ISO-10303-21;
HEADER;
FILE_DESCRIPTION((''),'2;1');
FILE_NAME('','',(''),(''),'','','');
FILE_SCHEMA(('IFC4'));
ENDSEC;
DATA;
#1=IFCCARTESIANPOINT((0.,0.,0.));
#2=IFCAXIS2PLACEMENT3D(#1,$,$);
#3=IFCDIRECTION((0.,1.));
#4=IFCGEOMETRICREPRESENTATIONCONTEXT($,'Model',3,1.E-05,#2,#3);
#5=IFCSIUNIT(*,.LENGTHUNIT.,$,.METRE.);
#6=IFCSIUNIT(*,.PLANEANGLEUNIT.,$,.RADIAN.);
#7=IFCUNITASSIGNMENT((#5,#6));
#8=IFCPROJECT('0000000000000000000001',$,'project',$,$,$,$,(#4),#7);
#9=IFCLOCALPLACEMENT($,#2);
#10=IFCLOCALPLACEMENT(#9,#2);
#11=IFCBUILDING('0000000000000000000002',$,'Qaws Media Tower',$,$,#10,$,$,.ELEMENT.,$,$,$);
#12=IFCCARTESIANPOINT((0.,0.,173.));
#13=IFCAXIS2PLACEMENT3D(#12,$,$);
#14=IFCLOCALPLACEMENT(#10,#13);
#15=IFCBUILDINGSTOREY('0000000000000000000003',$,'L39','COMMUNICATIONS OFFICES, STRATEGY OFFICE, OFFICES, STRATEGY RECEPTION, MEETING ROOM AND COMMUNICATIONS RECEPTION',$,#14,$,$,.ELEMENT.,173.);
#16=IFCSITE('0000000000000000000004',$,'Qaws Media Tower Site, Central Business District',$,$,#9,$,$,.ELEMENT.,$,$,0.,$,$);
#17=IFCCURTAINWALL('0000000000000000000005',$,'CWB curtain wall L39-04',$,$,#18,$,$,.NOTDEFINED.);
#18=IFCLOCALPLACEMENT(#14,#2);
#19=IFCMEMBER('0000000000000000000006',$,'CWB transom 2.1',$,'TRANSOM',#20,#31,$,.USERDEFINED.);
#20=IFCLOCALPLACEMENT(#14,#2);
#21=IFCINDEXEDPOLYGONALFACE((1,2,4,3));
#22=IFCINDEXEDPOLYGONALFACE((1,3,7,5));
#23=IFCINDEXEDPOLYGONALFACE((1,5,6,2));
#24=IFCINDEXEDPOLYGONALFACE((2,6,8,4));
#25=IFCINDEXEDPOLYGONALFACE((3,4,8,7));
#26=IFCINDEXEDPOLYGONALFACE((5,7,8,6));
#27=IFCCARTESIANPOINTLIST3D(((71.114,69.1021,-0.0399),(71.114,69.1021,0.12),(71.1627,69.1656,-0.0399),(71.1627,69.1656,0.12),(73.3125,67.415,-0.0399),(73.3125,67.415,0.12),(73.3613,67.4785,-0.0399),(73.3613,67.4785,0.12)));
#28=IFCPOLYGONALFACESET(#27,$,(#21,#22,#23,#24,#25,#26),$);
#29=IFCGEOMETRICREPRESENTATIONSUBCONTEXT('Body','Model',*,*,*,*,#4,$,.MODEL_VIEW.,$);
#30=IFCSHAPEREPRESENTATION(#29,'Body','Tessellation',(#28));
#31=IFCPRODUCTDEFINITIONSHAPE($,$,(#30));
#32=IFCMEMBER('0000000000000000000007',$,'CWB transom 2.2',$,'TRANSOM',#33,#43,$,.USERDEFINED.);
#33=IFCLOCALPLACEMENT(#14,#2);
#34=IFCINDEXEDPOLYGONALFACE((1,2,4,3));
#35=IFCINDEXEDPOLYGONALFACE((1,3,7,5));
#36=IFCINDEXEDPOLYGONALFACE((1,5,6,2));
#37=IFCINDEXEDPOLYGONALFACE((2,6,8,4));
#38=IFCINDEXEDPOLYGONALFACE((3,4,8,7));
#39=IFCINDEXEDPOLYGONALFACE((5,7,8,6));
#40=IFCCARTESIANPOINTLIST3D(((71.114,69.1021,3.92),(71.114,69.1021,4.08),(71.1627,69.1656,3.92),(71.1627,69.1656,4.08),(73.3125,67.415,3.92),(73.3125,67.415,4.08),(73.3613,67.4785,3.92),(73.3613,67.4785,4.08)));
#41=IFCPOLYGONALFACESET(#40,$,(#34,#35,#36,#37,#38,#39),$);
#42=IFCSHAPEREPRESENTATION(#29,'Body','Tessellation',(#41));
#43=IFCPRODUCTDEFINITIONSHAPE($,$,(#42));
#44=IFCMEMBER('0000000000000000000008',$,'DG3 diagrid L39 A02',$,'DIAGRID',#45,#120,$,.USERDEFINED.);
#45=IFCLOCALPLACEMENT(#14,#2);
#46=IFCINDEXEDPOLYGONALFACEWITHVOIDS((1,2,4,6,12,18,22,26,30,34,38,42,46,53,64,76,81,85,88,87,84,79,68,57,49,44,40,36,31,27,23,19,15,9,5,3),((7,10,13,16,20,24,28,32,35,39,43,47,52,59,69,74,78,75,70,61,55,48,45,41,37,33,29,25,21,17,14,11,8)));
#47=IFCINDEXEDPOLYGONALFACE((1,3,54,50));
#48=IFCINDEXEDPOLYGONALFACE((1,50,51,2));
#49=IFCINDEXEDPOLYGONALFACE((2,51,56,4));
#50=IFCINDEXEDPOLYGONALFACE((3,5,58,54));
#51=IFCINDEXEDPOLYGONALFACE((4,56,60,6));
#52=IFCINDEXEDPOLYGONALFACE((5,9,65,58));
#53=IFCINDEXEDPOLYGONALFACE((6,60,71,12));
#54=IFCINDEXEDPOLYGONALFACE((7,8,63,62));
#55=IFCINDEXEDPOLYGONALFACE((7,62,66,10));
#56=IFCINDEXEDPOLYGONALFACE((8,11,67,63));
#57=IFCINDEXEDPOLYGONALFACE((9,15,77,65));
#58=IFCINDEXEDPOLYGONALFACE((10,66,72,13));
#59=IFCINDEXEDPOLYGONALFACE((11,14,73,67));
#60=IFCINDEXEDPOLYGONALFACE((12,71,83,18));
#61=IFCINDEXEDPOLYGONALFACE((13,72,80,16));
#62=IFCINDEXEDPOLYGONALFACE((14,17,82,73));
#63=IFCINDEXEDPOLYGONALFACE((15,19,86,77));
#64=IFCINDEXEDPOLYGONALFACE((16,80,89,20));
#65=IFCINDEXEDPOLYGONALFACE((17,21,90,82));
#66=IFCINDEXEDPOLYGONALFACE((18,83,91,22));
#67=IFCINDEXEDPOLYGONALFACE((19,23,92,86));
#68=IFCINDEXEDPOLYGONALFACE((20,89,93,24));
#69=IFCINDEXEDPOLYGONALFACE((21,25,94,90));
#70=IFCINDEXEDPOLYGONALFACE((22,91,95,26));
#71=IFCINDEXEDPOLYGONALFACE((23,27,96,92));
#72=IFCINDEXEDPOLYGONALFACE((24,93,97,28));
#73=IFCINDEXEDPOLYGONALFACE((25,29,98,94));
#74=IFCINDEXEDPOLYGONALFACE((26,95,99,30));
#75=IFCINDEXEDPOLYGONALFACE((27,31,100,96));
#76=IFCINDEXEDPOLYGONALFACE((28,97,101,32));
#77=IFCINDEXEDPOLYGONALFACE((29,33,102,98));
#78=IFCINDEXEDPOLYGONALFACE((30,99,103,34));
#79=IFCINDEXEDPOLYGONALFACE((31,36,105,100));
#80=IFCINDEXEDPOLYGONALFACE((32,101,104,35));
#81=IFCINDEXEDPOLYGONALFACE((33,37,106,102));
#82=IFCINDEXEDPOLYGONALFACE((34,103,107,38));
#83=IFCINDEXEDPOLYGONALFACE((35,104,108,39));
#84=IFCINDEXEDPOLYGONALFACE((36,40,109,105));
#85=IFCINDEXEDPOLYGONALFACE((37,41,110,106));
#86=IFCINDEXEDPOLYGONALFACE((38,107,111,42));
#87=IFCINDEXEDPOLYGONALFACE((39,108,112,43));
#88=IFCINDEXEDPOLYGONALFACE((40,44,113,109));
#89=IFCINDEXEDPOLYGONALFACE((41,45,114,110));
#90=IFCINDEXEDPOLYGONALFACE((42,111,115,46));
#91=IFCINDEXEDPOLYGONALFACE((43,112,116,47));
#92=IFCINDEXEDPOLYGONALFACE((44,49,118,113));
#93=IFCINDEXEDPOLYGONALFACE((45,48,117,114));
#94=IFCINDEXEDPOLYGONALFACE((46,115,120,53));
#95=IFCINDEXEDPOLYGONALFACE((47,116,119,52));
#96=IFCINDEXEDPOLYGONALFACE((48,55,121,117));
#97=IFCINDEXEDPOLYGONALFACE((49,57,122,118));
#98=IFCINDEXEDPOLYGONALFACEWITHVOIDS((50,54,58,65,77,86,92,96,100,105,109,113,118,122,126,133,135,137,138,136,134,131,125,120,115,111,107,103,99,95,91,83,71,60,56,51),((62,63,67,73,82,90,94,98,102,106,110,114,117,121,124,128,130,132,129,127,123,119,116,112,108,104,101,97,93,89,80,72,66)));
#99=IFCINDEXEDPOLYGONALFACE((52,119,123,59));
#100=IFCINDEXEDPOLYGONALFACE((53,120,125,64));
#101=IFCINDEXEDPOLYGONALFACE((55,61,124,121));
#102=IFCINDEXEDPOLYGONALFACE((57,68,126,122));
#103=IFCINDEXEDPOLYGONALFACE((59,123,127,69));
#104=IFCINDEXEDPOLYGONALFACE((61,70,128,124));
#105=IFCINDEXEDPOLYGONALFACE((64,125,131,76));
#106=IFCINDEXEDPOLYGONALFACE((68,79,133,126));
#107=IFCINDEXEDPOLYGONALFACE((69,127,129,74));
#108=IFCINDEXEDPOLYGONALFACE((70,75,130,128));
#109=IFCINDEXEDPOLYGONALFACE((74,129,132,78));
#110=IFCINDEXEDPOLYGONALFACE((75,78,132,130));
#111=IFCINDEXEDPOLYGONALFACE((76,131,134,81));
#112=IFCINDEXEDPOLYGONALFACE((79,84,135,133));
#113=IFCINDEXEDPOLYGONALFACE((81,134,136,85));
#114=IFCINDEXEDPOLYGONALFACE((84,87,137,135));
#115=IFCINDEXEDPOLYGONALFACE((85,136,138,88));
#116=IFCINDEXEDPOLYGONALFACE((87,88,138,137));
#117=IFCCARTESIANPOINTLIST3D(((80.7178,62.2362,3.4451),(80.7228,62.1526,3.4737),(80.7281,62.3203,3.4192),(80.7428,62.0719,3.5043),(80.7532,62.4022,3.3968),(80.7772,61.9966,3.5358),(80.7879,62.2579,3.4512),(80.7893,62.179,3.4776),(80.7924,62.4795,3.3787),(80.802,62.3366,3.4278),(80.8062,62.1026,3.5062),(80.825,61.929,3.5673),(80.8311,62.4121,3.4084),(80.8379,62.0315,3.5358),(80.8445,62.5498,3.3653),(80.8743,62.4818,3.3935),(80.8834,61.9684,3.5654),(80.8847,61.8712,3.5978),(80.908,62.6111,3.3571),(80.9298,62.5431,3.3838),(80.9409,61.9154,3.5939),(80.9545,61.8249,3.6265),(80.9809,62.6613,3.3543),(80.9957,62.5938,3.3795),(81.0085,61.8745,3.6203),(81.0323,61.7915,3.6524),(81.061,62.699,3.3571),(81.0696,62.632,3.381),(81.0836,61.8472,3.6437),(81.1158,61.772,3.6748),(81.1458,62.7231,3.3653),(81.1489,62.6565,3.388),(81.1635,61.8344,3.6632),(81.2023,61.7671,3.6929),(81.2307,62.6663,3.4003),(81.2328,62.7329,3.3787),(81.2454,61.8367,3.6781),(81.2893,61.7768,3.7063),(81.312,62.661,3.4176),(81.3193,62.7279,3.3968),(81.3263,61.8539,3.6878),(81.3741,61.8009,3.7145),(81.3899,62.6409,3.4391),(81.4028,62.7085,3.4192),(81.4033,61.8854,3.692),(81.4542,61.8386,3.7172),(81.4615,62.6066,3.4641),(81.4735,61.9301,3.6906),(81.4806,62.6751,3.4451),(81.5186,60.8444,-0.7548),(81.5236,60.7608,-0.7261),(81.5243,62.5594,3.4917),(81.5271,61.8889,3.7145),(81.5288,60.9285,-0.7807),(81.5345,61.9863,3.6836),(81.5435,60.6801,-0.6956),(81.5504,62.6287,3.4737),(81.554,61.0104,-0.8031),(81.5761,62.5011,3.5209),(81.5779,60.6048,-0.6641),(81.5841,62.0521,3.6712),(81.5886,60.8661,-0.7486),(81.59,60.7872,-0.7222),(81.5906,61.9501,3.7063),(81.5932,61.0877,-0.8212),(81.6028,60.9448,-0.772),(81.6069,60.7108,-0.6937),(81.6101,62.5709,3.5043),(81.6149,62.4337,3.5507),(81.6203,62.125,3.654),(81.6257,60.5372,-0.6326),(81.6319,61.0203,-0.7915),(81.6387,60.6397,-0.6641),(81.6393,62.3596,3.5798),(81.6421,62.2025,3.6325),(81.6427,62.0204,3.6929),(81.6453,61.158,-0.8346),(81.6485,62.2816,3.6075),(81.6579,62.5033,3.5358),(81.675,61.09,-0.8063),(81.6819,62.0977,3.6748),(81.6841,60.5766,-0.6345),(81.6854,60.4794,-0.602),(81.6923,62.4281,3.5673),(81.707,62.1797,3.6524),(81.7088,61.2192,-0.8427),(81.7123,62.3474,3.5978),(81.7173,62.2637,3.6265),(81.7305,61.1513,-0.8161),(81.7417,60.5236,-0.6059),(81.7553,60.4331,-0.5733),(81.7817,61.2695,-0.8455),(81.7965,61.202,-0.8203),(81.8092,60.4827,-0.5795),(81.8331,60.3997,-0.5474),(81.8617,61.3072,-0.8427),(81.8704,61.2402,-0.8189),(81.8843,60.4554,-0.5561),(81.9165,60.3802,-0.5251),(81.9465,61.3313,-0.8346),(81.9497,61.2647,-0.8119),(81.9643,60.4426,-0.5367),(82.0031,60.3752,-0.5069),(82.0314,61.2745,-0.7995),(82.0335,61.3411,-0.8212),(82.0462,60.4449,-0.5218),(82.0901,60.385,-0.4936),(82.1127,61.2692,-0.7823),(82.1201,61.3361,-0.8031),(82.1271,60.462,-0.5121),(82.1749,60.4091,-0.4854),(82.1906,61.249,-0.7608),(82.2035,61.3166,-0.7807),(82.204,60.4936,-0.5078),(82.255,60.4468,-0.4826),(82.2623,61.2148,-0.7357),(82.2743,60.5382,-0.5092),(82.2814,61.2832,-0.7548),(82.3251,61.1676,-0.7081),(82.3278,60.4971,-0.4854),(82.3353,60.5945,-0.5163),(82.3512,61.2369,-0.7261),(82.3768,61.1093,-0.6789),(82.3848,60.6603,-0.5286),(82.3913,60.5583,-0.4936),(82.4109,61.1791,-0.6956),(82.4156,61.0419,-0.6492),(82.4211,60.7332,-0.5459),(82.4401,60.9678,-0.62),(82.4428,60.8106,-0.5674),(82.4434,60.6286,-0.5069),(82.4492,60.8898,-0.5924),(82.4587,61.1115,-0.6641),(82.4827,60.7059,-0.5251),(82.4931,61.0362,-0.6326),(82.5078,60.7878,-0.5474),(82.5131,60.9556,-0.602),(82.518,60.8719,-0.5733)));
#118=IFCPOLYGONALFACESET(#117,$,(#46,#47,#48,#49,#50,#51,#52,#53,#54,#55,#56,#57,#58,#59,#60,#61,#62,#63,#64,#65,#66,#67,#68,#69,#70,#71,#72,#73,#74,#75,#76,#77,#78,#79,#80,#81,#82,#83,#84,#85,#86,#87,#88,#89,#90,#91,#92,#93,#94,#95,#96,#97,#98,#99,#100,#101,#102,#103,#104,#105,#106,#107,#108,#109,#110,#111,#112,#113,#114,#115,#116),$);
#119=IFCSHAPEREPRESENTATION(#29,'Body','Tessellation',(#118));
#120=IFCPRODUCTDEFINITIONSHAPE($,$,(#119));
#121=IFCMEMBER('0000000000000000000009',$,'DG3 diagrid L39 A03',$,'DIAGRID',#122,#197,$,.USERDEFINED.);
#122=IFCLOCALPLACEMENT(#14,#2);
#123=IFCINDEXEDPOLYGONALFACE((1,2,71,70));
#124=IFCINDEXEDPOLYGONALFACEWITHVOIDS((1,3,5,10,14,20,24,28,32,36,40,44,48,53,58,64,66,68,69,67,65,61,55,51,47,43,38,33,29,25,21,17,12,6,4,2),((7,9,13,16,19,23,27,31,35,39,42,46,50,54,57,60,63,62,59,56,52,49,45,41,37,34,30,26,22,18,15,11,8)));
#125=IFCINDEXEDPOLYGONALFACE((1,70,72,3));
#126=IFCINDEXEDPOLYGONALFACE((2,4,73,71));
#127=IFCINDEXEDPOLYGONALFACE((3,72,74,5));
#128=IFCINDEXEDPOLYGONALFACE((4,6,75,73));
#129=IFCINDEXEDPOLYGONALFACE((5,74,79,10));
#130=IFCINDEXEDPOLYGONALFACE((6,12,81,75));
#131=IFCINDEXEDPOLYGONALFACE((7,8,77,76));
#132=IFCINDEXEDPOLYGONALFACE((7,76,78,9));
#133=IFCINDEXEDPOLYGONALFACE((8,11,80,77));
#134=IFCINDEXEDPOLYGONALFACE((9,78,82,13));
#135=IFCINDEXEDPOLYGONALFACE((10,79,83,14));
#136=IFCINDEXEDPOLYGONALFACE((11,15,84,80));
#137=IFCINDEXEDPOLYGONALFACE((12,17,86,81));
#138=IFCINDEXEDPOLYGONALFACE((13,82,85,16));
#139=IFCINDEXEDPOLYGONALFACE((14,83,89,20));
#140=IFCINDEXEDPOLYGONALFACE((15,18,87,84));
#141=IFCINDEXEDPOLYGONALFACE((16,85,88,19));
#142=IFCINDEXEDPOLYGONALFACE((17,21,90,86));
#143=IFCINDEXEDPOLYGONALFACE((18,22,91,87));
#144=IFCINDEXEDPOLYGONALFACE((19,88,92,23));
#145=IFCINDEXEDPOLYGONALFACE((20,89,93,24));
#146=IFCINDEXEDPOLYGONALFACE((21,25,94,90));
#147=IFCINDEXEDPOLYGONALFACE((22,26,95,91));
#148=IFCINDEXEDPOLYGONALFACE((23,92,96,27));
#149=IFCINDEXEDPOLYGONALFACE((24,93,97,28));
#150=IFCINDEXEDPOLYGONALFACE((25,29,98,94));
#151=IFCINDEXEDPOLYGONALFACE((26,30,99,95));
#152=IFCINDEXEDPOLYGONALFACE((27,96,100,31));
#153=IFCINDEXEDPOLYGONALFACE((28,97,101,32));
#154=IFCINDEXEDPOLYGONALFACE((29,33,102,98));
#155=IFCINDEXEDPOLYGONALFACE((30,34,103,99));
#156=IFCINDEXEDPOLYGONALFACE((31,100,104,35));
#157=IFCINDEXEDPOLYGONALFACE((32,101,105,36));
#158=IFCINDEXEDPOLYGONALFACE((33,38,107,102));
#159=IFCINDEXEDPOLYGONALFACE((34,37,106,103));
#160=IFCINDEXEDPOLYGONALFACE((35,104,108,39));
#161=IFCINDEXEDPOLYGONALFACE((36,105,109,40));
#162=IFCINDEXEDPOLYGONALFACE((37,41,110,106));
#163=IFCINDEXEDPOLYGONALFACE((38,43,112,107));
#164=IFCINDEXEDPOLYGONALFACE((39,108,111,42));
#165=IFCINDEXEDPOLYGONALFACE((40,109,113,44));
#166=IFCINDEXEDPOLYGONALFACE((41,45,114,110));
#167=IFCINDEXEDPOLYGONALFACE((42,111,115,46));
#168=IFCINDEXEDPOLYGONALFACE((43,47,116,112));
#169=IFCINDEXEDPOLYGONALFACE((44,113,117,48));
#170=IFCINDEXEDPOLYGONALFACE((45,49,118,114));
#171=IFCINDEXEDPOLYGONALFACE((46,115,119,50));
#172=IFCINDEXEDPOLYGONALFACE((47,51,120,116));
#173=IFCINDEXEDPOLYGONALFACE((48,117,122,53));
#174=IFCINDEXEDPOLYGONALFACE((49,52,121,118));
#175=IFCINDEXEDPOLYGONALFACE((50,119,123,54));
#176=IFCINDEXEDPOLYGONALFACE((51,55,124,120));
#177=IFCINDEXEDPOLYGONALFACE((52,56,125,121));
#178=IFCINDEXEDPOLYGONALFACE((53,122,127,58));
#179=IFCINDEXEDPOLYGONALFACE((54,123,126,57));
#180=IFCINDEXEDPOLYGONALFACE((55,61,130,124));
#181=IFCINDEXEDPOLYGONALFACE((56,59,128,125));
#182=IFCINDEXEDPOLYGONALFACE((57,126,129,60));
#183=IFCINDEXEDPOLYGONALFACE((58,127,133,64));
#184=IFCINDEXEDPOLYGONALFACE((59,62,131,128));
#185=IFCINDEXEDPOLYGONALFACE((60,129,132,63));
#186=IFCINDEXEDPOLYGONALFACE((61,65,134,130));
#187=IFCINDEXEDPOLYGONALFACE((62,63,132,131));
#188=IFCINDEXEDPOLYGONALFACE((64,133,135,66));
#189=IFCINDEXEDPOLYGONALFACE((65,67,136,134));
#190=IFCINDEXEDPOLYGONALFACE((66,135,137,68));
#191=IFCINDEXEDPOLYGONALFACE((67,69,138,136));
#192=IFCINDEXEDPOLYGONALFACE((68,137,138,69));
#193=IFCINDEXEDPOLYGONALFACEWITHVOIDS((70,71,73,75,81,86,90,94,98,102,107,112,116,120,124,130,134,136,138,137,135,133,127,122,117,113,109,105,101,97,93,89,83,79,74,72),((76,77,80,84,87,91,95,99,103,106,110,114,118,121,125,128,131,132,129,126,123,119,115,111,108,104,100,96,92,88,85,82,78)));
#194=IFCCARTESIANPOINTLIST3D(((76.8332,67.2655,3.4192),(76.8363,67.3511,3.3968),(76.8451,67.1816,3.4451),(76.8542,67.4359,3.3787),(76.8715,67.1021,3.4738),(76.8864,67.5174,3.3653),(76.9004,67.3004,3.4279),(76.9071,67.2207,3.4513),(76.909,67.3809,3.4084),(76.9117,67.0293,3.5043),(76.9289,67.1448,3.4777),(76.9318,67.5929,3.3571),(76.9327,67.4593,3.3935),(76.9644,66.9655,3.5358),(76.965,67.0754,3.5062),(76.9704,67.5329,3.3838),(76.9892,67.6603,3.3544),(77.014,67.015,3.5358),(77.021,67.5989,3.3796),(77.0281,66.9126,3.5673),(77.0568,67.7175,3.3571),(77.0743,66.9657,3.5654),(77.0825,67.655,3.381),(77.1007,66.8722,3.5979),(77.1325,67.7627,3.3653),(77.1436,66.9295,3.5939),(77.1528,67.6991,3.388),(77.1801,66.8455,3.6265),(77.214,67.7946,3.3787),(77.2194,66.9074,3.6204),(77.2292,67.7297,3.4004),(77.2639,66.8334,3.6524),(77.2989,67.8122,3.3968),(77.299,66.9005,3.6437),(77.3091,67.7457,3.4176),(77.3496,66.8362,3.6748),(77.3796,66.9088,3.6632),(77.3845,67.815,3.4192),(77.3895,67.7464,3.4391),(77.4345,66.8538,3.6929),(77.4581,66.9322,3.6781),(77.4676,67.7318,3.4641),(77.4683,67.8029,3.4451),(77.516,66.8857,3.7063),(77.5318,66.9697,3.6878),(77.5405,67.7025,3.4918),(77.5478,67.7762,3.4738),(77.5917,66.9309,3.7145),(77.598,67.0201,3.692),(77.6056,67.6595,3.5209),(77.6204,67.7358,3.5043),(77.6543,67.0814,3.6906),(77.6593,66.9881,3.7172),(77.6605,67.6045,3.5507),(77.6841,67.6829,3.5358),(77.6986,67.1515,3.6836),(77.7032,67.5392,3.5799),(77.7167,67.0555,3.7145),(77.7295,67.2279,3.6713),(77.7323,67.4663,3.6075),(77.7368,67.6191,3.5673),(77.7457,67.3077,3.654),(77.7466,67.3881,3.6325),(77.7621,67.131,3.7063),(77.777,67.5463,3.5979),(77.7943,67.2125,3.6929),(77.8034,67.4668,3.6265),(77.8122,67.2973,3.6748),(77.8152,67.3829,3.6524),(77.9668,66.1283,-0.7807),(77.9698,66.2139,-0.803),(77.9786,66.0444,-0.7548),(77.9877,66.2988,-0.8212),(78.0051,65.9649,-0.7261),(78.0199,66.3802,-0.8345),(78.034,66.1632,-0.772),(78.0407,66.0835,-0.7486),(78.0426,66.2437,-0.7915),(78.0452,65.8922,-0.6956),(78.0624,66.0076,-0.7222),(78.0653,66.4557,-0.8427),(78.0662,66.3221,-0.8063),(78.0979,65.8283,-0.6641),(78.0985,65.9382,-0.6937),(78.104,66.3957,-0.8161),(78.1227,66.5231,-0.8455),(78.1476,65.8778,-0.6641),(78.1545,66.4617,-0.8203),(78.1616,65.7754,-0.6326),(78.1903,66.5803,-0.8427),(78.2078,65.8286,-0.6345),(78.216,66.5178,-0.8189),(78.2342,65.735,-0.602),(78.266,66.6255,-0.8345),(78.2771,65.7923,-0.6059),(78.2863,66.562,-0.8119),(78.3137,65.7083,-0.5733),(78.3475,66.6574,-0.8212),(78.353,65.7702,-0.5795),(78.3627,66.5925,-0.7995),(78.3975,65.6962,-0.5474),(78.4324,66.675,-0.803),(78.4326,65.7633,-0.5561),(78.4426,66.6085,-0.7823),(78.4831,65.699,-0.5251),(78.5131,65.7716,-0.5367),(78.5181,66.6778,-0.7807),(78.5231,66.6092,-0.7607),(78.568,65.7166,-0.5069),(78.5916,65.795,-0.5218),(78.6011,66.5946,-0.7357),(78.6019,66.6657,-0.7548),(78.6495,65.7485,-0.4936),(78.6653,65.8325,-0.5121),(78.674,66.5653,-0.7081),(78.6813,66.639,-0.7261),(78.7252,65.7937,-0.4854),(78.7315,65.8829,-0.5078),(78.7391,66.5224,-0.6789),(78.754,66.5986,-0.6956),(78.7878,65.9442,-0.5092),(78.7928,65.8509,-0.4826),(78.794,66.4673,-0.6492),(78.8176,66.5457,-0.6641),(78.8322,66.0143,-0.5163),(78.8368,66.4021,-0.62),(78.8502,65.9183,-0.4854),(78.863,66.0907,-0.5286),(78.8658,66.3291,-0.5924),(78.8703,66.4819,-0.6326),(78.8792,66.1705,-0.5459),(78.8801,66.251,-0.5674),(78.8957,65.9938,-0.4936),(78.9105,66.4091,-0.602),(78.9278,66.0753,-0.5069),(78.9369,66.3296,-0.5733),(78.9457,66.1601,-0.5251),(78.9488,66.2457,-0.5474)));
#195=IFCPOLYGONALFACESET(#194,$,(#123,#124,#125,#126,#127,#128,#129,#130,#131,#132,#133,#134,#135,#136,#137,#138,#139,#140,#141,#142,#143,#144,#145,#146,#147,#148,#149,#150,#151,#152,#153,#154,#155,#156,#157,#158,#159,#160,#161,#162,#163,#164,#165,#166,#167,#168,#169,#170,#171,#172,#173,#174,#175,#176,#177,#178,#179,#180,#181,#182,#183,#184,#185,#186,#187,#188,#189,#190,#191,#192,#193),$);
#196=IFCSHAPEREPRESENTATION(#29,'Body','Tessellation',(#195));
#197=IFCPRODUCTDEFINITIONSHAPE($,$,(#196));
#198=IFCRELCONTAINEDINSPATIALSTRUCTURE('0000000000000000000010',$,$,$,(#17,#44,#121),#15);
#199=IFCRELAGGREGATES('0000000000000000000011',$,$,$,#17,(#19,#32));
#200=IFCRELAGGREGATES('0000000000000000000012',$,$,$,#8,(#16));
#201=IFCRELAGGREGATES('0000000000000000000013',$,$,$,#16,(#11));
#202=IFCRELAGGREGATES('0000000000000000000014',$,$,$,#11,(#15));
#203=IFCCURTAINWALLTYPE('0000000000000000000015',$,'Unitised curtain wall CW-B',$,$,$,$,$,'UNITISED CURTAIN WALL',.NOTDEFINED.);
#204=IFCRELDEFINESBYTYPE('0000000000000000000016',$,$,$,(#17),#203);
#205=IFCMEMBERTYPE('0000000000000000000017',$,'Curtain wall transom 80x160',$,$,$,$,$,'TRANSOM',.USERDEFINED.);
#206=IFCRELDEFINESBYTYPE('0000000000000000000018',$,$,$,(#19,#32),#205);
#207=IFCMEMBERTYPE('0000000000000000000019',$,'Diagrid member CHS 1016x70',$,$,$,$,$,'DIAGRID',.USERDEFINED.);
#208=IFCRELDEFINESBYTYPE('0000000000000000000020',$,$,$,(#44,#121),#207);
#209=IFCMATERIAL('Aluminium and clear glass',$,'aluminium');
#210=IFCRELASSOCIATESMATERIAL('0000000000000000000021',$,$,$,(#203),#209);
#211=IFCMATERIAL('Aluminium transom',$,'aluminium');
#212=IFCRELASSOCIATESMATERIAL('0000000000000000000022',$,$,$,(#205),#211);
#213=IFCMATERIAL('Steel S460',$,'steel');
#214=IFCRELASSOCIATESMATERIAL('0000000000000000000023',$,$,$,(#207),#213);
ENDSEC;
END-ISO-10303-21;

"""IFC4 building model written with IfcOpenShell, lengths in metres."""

from ifc_helpers import new_model, si_unit, direction, frame, origin, origin_2d, place, context, subcontext, project, spatial, rectangle, hollow_circle, extrude, material, material_profile, profile_set, type_object, element, aggregate, save


model = new_model("IFC4")

# Units and contexts
model_context = context("Model", 3, precision=1e-05, world=origin(), true_north=direction((0.0, 1.0)))
body_context = subcontext(model_context, "Body", "Model", "MODEL_VIEW")
ifc_project = project(units=[si_unit("LENGTHUNIT", "METRE"), si_unit("PLANEANGLEUNIT", "RADIAN")], contexts=[model_context])

# Site, building, storey
site_placement = place(None, origin())
site = spatial("IfcSite", under=ifc_project, at=site_placement, Name="Qaws Media Tower Site, Central Business District", CompositionType="ELEMENT", RefElevation=0.0)
building_placement = place(site_placement, origin())
building = spatial("IfcBuilding", under=site, at=building_placement, Name="Qaws Media Tower", CompositionType="ELEMENT")
storey_placement = place(building_placement, frame((0.0, 0.0, 173.0)))
storey = spatial("IfcBuildingStorey", under=building, at=storey_placement, Name="L39", Description="COMMUNICATIONS OFFICES, STRATEGY OFFICE, OFFICES, STRATEGY RECEPTION, MEETING ROOM AND COMMUNICATIONS RECEPTION", CompositionType="ELEMENT", Elevation=173.0)

# Shared definitions
ifc_material_1 = material(Name="Aluminium and clear glass", Category="aluminium")
curtain_wall_type = type_object("IfcCurtainWallType", Name="Unitised curtain wall CW-B", ElementType="UNITISED CURTAIN WALL", PredefinedType="NOTDEFINED", material=ifc_material_1)

# Curtain wall
curtain_wall_1_placement = place(storey_placement, origin())
curtain_wall_1 = element("IfcCurtainWall", 1, at=curtain_wall_1_placement, inside=storey, type_object=curtain_wall_type, Name="CWB curtain wall L39-04", PredefinedType="NOTDEFINED")

# Members
ifc_material_2 = material(Name="Aluminium transom", Category="aluminium")
ifc_material_profile_1 = material_profile(ifc_material_2, rectangle(XDim=0.0801, YDim=0.1599, at=origin_2d()), Name="80x160")
ifc_profile_set_1 = profile_set([ifc_material_profile_1], Name="Aluminium transom")
member_type_1 = type_object("IfcMemberType", Name="Curtain wall transom 80x160", ElementType="TRANSOM", PredefinedType="USERDEFINED", material=ifc_profile_set_1)
member_1_placement = place(storey_placement, frame((73.3369, 67.4468, 0.04), z_axis=(-0.793344, 0.608774, 0.0), x_axis=(-0.608774, -0.793344, 0.0)))
member_1 = element("IfcMember", 2, at=member_1_placement, type_object=member_type_1, Name="CWB transom 2.1", ObjectType="TRANSOM", PredefinedType="USERDEFINED", context=body_context, shape_type="SweptSolid", body=[
    extrude(rectangle(XDim=0.0801, YDim=0.1599, at=origin_2d()), origin(), (0.0, 0.0, 1.0), 2.7712),
])
member_2_placement = place(storey_placement, frame((73.3369, 67.4468, 4.0), z_axis=(-0.793344, 0.608774, 0.0), x_axis=(-0.608774, -0.793344, 0.0)))
member_2 = element("IfcMember", 3, at=member_2_placement, type_object=member_type_1, Name="CWB transom 2.2", ObjectType="TRANSOM", PredefinedType="USERDEFINED", context=body_context, shape_type="SweptSolid", body=[
    extrude(rectangle(XDim=0.0801, YDim=0.1599, at=origin_2d()), origin(), (0.0, 0.0, 1.0), 2.7712),
])

# Members
ifc_material_3 = material(Name="Steel S460", Category="steel")
ifc_material_profile_2 = material_profile(ifc_material_3, hollow_circle(Radius=0.5081, WallThickness=0.0701, at=origin_2d()), Name="CHS 1016x70")
ifc_profile_set_2 = profile_set([ifc_material_profile_2], Name="Steel S460")
member_type_2 = type_object("IfcMemberType", Name="Diagrid member CHS 1016x70", ElementType="DIAGRID", PredefinedType="USERDEFINED", material=ifc_profile_set_2)
for number, where, z_axis, x_axis, name in (
    (4, (82.0183, 60.8582, -0.6641), (-0.178092, 0.309543, 0.934059), (-0.86678, -0.498691, 0.0), "DG3 diagrid L39 A02"),
    (5, (78.4578, 66.187, -0.6641), (-0.2521, 0.252914, 0.934066), (-0.708246, -0.705965, 0.0), "DG3 diagrid L39 A03"),
):
    element("IfcMember", number, at=place(storey_placement, frame(where, z_axis=z_axis, x_axis=x_axis)), inside=storey, type_object=member_type_2, Name=name, ObjectType="DIAGRID", PredefinedType="USERDEFINED", context=body_context, shape_type="SweptSolid", body=[
        extrude(hollow_circle(Radius=0.5081, WallThickness=0.0701, at=origin_2d()), origin(), (0.0, 0.0, 1.0), 4.4963),
    ])

aggregate(curtain_wall_1, [member_1, member_2])

save(model, "model.ifc")
